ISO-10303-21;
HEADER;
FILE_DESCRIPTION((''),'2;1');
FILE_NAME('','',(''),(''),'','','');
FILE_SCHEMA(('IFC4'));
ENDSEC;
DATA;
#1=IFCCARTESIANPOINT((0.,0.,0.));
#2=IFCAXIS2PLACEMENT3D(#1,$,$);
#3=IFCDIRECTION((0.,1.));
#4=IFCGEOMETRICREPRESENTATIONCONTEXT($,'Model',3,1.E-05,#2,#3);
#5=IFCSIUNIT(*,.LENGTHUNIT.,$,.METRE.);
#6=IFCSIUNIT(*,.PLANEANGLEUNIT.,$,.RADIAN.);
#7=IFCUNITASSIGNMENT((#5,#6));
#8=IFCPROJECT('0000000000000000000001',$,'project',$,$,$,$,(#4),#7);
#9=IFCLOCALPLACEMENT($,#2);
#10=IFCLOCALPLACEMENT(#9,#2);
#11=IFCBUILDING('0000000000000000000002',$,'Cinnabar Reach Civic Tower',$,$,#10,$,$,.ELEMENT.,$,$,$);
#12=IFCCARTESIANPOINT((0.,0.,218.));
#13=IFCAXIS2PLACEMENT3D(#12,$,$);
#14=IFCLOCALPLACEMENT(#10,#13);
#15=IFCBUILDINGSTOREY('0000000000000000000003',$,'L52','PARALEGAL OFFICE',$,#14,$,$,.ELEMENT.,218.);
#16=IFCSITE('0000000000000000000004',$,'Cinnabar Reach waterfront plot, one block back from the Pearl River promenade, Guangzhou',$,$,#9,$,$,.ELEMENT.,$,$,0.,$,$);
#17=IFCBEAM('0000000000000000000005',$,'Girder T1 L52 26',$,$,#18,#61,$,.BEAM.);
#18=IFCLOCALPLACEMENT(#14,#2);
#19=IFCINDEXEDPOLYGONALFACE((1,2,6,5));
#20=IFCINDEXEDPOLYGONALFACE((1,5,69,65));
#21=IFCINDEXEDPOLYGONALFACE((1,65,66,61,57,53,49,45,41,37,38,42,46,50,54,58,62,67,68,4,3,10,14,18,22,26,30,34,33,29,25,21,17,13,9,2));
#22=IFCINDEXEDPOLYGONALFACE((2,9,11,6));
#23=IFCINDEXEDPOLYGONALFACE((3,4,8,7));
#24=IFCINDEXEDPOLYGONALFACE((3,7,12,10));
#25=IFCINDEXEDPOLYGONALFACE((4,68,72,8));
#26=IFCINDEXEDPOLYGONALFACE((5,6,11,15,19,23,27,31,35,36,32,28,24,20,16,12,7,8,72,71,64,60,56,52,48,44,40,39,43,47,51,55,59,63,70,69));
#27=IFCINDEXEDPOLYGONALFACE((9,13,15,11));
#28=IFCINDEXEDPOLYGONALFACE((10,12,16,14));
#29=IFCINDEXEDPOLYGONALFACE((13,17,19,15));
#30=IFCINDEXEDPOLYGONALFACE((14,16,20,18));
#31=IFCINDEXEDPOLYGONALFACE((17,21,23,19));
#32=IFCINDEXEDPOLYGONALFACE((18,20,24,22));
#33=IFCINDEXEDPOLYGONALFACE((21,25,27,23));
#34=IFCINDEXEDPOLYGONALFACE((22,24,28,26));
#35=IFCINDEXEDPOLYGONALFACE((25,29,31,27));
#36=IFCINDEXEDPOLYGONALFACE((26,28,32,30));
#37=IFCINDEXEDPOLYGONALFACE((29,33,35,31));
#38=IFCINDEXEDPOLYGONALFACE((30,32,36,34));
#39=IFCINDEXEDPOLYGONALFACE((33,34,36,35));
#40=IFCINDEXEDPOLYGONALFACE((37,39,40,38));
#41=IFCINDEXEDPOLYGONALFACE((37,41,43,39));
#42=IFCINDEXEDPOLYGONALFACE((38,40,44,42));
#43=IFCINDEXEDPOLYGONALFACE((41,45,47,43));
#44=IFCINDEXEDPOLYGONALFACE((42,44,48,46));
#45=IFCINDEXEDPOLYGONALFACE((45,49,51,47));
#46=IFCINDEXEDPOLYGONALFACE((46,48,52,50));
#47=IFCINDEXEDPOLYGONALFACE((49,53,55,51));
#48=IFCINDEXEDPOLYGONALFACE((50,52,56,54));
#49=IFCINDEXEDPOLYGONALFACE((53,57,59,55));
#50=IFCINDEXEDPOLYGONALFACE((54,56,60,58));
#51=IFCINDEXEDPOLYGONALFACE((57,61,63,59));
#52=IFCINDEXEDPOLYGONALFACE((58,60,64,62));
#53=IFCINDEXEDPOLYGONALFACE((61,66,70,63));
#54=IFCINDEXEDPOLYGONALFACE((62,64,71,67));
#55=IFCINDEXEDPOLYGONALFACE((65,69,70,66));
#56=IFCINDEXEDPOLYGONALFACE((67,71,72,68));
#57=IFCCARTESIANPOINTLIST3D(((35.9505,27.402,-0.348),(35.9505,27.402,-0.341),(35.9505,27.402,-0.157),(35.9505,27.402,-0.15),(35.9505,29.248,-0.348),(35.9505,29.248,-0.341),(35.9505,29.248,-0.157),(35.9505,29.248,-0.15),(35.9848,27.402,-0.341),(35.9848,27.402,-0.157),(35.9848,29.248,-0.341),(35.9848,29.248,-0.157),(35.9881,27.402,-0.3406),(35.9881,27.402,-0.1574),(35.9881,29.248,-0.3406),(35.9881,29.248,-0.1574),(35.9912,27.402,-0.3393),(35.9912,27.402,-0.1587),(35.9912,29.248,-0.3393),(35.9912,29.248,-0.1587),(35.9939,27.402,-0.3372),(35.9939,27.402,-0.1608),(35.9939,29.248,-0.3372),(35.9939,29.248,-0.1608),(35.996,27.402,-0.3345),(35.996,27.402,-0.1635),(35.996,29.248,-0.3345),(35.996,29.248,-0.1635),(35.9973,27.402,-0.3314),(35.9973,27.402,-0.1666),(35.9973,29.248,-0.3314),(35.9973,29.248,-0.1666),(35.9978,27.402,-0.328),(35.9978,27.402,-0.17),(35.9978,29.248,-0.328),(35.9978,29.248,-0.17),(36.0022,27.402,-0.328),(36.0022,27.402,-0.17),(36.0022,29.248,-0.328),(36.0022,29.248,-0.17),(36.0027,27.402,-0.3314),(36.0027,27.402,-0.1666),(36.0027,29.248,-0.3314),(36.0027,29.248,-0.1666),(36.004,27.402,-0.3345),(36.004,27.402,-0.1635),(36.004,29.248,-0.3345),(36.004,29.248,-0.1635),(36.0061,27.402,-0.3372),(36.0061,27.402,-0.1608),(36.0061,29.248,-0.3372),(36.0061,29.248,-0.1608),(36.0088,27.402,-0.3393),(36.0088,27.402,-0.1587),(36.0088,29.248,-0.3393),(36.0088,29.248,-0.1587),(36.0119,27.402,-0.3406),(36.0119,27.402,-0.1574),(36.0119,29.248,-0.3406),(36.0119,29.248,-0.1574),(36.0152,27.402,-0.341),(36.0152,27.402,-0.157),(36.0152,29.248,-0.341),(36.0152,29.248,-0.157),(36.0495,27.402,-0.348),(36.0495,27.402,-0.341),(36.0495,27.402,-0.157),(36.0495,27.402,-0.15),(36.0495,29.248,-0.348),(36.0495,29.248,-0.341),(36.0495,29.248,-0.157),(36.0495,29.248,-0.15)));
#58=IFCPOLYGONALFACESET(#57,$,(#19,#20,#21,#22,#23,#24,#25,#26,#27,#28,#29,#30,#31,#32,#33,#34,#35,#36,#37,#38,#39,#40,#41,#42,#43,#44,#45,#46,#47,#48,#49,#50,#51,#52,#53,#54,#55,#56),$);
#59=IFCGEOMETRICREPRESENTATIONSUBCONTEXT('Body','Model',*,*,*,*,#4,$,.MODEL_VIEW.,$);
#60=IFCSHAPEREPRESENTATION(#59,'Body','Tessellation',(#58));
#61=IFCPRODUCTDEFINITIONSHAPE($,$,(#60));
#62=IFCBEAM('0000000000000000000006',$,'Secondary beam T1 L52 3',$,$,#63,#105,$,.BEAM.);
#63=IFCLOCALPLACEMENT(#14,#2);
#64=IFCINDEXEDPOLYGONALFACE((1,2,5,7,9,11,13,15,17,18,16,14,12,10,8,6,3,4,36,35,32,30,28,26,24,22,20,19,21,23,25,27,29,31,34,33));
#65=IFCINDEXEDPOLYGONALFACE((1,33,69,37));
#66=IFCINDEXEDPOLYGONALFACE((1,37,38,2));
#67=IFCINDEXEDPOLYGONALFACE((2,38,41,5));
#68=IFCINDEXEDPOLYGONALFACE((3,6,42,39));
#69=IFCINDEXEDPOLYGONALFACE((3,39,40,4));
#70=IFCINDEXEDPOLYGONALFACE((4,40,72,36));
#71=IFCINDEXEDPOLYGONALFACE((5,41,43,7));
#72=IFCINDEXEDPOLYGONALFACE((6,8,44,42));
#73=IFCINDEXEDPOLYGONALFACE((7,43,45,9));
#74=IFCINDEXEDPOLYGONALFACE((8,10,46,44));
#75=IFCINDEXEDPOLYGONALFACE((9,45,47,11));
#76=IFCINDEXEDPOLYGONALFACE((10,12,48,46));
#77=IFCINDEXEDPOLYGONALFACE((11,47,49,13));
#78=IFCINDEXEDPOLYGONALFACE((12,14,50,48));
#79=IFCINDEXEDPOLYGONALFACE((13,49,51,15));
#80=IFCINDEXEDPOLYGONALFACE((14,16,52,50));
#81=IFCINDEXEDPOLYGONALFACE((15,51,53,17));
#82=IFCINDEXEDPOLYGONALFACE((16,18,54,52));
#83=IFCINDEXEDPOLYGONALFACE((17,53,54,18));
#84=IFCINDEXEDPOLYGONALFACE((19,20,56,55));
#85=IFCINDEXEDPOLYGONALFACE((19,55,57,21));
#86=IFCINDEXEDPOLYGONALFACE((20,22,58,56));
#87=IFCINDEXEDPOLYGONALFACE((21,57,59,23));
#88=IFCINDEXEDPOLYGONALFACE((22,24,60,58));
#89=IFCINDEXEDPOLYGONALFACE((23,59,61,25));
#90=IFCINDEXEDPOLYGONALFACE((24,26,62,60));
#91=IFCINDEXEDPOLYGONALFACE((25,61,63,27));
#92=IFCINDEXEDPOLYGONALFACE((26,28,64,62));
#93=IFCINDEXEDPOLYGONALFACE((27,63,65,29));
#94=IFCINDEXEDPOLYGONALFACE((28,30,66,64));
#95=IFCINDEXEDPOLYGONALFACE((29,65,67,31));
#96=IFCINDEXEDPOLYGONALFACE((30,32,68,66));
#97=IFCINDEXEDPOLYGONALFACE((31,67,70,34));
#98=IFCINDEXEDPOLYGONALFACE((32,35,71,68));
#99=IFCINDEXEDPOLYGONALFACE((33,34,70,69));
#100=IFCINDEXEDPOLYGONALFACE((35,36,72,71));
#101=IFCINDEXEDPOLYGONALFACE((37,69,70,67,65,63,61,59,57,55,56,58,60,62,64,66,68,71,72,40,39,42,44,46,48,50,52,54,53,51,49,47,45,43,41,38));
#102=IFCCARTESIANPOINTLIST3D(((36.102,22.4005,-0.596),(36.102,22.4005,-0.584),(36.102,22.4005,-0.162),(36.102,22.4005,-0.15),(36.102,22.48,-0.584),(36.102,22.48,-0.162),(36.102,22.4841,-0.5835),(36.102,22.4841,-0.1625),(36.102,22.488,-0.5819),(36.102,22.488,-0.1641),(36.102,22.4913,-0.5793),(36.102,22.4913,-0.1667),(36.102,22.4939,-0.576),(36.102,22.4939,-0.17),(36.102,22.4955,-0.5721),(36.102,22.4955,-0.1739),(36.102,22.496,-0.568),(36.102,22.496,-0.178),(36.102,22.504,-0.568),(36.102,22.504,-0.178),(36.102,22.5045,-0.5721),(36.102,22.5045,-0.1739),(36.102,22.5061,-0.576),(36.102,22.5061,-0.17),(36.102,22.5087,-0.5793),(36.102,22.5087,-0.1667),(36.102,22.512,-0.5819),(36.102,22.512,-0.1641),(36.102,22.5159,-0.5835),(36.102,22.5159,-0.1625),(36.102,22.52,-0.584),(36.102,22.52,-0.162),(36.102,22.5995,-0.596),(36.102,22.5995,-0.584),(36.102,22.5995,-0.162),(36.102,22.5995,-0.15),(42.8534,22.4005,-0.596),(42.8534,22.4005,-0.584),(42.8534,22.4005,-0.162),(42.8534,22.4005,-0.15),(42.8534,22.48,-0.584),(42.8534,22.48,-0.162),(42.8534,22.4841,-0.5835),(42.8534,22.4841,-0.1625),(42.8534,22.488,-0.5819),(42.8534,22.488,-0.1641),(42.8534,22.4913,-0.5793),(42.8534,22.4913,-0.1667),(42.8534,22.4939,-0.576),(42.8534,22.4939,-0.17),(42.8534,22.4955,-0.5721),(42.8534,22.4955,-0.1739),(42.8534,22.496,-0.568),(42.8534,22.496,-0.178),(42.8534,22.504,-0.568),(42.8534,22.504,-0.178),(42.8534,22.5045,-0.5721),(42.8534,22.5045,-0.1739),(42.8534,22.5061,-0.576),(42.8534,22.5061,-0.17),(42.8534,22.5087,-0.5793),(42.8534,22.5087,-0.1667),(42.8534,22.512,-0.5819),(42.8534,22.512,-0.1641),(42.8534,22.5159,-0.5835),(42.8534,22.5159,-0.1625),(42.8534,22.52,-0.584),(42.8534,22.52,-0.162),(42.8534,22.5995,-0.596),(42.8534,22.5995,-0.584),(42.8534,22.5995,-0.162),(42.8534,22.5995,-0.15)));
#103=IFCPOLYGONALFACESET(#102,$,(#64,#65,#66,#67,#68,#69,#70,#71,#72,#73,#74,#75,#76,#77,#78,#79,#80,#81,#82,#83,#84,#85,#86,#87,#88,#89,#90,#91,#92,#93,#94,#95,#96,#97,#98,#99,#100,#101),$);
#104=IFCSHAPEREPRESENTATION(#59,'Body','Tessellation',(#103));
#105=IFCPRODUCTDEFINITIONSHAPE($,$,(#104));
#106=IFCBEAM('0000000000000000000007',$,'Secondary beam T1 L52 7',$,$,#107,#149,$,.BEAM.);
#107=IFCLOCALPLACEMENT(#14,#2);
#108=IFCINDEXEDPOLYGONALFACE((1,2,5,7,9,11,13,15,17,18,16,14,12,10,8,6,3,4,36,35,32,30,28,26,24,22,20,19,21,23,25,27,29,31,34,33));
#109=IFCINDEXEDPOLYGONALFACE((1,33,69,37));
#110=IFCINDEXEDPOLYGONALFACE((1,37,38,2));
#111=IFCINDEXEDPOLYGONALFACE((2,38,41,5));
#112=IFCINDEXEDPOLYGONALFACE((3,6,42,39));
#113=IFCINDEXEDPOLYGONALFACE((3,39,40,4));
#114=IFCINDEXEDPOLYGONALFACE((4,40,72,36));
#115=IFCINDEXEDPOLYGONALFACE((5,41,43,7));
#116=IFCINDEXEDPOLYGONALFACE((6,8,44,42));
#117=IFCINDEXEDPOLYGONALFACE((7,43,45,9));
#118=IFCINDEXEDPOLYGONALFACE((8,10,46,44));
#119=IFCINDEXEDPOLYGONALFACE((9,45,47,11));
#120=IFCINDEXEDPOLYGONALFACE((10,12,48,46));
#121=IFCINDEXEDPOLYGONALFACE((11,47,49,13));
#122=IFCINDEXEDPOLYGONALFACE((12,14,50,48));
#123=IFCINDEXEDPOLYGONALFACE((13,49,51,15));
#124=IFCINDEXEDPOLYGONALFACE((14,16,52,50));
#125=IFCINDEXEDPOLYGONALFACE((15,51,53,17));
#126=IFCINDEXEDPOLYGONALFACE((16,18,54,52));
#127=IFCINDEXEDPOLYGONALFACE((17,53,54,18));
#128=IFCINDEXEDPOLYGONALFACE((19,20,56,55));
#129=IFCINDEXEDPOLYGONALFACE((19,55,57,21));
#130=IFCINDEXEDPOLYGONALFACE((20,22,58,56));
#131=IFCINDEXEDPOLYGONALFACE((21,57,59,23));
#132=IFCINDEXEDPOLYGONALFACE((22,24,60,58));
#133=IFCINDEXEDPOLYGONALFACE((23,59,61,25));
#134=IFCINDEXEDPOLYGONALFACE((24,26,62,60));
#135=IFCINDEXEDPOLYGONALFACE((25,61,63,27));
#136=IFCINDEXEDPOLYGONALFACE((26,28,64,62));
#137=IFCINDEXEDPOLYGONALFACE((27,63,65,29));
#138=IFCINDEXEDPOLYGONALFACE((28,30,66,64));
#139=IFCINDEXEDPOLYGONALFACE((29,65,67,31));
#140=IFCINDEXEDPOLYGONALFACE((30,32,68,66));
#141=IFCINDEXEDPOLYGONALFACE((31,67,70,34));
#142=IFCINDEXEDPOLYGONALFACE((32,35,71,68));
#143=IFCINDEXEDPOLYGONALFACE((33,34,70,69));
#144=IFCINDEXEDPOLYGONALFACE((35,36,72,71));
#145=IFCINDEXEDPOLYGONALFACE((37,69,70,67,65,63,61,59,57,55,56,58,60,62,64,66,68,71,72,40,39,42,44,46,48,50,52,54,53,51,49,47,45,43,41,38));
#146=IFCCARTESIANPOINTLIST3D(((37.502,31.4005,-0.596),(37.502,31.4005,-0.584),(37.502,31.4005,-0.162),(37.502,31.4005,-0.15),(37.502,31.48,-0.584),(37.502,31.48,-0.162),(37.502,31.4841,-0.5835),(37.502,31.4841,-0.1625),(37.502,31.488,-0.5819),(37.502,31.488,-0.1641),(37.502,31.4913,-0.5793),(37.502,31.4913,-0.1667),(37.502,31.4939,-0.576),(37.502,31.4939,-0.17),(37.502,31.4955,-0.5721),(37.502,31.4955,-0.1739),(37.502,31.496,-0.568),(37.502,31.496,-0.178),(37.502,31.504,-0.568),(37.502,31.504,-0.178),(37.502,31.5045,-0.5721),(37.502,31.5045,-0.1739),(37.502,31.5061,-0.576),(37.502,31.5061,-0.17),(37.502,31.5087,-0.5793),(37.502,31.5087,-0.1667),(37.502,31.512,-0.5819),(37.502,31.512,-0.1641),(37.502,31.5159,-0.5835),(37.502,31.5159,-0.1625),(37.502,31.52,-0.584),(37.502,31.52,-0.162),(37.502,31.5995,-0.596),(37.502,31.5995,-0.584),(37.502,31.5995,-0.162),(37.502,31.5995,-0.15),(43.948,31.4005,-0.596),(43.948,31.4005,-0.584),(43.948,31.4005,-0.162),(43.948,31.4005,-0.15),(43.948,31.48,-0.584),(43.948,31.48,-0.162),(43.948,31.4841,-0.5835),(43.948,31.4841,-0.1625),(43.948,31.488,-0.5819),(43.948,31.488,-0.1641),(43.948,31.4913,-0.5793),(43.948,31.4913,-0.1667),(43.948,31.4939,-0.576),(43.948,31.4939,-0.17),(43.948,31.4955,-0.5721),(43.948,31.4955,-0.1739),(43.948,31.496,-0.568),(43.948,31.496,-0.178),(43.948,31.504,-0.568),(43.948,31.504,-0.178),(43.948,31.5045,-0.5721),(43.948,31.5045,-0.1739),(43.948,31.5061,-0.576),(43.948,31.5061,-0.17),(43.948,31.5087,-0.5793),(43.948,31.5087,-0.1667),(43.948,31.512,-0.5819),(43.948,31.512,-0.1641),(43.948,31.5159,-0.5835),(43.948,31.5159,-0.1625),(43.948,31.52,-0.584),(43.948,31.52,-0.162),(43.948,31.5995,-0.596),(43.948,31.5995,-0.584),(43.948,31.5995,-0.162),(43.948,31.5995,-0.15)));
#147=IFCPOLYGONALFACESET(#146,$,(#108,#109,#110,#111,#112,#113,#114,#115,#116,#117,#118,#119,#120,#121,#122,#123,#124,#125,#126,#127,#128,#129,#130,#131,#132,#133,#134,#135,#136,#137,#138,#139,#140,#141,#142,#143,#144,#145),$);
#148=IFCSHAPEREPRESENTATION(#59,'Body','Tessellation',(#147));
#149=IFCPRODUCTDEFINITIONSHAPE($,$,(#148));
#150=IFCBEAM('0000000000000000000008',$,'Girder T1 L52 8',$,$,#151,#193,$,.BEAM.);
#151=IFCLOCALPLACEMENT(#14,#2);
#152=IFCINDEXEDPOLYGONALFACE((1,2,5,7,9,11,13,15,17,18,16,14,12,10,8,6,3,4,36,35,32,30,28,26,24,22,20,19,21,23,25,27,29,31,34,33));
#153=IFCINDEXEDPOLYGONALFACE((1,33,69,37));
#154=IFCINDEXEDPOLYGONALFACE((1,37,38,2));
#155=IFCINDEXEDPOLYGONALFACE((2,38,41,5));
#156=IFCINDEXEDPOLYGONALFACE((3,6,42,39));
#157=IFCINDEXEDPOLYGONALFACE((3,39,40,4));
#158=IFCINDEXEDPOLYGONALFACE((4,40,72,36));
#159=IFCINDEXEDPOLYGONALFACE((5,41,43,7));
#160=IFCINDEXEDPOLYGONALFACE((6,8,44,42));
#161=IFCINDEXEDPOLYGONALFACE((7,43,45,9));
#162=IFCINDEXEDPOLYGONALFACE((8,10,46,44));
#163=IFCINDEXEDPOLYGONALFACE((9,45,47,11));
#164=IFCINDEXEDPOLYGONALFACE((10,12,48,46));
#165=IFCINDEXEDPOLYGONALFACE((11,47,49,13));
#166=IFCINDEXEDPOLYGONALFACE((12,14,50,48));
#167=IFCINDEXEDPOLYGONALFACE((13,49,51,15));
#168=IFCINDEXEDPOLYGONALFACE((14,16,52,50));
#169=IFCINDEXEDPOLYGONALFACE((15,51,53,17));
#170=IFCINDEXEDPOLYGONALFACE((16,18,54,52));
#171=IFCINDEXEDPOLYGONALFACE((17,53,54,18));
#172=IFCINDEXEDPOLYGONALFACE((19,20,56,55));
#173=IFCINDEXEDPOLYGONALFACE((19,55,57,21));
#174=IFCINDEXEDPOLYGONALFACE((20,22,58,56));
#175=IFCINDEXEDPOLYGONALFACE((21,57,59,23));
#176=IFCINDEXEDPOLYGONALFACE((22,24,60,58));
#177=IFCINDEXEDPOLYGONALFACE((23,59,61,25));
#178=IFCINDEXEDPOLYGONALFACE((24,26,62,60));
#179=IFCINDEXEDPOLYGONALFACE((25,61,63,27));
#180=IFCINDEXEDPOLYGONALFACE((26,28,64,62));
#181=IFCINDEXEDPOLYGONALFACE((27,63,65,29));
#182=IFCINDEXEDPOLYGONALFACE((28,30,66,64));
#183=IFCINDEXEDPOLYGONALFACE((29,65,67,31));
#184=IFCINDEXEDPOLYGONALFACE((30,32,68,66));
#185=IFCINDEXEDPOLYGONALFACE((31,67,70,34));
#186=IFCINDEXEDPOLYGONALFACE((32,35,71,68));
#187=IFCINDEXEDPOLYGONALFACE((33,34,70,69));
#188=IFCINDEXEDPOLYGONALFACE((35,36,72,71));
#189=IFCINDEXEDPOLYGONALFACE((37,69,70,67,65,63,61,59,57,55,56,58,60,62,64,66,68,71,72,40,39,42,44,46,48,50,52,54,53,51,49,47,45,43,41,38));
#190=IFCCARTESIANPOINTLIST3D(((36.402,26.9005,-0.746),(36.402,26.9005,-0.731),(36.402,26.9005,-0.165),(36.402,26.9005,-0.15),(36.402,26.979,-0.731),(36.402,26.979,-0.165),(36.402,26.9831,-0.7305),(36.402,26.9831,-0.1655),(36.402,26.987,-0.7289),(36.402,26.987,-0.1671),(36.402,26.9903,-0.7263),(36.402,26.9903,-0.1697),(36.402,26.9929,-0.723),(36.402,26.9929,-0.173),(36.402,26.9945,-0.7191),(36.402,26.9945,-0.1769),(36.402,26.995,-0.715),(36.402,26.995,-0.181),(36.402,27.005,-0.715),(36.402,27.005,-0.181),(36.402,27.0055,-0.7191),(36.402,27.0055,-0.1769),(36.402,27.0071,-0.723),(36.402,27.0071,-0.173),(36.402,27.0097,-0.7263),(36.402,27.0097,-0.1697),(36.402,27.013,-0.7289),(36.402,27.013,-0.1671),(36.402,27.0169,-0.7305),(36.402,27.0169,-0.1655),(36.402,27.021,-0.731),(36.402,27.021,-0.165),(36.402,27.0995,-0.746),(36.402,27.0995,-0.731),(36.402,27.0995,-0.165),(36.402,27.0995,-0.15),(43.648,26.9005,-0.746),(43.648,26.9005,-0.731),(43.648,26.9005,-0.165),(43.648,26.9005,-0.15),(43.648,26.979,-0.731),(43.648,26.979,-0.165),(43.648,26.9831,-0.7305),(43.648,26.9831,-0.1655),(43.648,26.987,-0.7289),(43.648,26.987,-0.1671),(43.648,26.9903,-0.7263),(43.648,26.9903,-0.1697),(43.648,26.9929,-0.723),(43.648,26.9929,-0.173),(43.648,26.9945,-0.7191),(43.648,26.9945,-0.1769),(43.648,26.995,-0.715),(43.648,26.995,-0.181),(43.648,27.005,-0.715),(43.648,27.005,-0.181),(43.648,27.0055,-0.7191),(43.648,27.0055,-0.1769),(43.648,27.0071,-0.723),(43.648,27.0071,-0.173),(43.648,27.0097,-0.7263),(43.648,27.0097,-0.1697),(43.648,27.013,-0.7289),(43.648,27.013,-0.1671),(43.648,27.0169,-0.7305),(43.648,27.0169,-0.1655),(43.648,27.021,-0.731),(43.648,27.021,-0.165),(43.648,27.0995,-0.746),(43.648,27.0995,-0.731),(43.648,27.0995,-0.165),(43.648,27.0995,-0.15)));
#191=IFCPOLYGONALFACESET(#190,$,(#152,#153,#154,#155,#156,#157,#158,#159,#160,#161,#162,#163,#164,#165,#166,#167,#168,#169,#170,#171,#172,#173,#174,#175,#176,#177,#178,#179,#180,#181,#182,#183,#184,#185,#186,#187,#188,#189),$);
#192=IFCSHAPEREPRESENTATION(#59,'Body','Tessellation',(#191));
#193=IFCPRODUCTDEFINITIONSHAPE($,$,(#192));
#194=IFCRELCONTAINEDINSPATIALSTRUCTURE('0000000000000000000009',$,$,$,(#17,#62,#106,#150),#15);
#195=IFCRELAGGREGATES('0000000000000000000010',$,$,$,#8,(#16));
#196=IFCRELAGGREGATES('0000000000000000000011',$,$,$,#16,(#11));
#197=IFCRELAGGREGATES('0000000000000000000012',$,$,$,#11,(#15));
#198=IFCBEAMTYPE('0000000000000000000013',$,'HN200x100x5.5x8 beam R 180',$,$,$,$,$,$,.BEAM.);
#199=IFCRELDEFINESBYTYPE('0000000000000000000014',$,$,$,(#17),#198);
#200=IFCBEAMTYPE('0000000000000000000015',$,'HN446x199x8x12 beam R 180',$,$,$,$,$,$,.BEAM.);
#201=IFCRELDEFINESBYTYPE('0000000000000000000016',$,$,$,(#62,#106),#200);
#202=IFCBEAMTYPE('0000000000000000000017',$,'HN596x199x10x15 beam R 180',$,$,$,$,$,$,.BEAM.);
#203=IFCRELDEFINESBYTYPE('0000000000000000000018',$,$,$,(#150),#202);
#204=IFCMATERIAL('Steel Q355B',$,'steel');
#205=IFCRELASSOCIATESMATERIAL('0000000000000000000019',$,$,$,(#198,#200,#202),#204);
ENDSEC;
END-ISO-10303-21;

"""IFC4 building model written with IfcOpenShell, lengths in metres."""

from ifc_helpers import new_model, si_unit, direction, frame, origin, origin_2d, place, context, subcontext, project, spatial, i_section, extrude, material, material_profile, profile_set, type_object, element, save


model = new_model("IFC4")

# Units and contexts
model_context = context("Model", 3, precision=1e-05, world=origin(), true_north=direction((0.0, 1.0)))
body_context = subcontext(model_context, "Body", "Model", "MODEL_VIEW")
ifc_project = project(units=[si_unit("LENGTHUNIT", "METRE"), si_unit("PLANEANGLEUNIT", "RADIAN")], contexts=[model_context])

# Site, building, storey
site_placement = place(None, origin())
site = spatial("IfcSite", under=ifc_project, at=site_placement, Name="Cinnabar Reach waterfront plot, one block back from the Pearl River promenade, Guangzhou", CompositionType="ELEMENT", RefElevation=0.0)
building_placement = place(site_placement, origin())
building = spatial("IfcBuilding", under=site, at=building_placement, Name="Cinnabar Reach Civic Tower", CompositionType="ELEMENT")
storey_placement = place(building_placement, frame((0.0, 0.0, 218.0)))
storey = spatial("IfcBuildingStorey", under=building, at=storey_placement, Name="L52", Description="PARALEGAL OFFICE", CompositionType="ELEMENT", Elevation=218.0)

# Beams
ifc_material_1 = material(Name="Steel Q355B", Category="steel")
ifc_material_profile_1 = material_profile(ifc_material_1, i_section(OverallWidth=0.099, OverallDepth=0.198, WebThickness=0.0045, FlangeThickness=0.007, FilletRadius=0.013, at=origin_2d()), Name="HN200x100x5.5x8")
ifc_profile_set_1 = profile_set([ifc_material_profile_1], Name="Steel Q355B")
beam_type_1 = type_object("IfcBeamType", Name="HN200x100x5.5x8 beam R 180", PredefinedType="BEAM", material=ifc_profile_set_1)
beam_1_placement = place(storey_placement, frame((36.0, 27.402, -0.249), z_axis=(0.0, 1.0, 0.0), x_axis=(-1.0, 0.0, 0.0)))
element("IfcBeam", 1, at=beam_1_placement, inside=storey, type_object=beam_type_1, Name="Girder T1 L52 26", PredefinedType="BEAM", context=body_context, shape_type="SweptSolid", body=[
    extrude(i_section(OverallWidth=0.099, OverallDepth=0.198, WebThickness=0.0045, FlangeThickness=0.007, FilletRadius=0.013, at=origin_2d()), origin(), (0.0, 0.0, 1.0), 1.846),
])
ifc_material_profile_2 = material_profile(ifc_material_1, i_section(OverallWidth=0.199, OverallDepth=0.446, WebThickness=0.008, FlangeThickness=0.012, FilletRadius=0.016, at=origin_2d()), Name="HN446x199x8x12")
ifc_profile_set_2 = profile_set([ifc_material_profile_2], Name="Steel Q355B")
beam_type_2 = type_object("IfcBeamType", Name="HN446x199x8x12 beam R 180", PredefinedType="BEAM", material=ifc_profile_set_2)
beam_2_placement = place(storey_placement, frame((36.102, 22.5, -0.373), z_axis=(1.0, 0.0, 0.0), x_axis=(0.0, 1.0, 0.0)))
element("IfcBeam", 2, at=beam_2_placement, inside=storey, type_object=beam_type_2, Name="Secondary beam T1 L52 3", PredefinedType="BEAM", context=body_context, shape_type="SweptSolid", body=[
    extrude(i_section(OverallWidth=0.199, OverallDepth=0.446, WebThickness=0.008, FlangeThickness=0.012, FilletRadius=0.016, at=origin_2d()), origin(), (0.0, 0.0, 1.0), 6.7514),
])
beam_3_placement = place(storey_placement, frame((37.502, 31.5, -0.373), z_axis=(1.0, 0.0, 0.0), x_axis=(0.0, 1.0, 0.0)))
element("IfcBeam", 3, at=beam_3_placement, inside=storey, type_object=beam_type_2, Name="Secondary beam T1 L52 7", PredefinedType="BEAM", context=body_context, shape_type="SweptSolid", body=[
    extrude(i_section(OverallWidth=0.199, OverallDepth=0.446, WebThickness=0.008, FlangeThickness=0.012, FilletRadius=0.016, at=origin_2d()), origin(), (0.0, 0.0, 1.0), 6.446),
])
ifc_material_profile_3 = material_profile(ifc_material_1, i_section(OverallWidth=0.199, OverallDepth=0.596, WebThickness=0.01, FlangeThickness=0.015, FilletRadius=0.016, at=origin_2d()), Name="HN596x199x10x15")
ifc_profile_set_3 = profile_set([ifc_material_profile_3], Name="Steel Q355B")
beam_type_3 = type_object("IfcBeamType", Name="HN596x199x10x15 beam R 180", PredefinedType="BEAM", material=ifc_profile_set_3)
beam_4_placement = place(storey_placement, frame((36.402, 27.0, -0.448), z_axis=(1.0, 0.0, 0.0), x_axis=(0.0, 1.0, 0.0)))
element("IfcBeam", 4, at=beam_4_placement, inside=storey, type_object=beam_type_3, Name="Girder T1 L52 8", PredefinedType="BEAM", context=body_context, shape_type="SweptSolid", body=[
    extrude(i_section(OverallWidth=0.199, OverallDepth=0.596, WebThickness=0.01, FlangeThickness=0.015, FilletRadius=0.016, at=origin_2d()), origin(), (0.0, 0.0, 1.0), 7.246),
])

save(model, "model.ifc")
